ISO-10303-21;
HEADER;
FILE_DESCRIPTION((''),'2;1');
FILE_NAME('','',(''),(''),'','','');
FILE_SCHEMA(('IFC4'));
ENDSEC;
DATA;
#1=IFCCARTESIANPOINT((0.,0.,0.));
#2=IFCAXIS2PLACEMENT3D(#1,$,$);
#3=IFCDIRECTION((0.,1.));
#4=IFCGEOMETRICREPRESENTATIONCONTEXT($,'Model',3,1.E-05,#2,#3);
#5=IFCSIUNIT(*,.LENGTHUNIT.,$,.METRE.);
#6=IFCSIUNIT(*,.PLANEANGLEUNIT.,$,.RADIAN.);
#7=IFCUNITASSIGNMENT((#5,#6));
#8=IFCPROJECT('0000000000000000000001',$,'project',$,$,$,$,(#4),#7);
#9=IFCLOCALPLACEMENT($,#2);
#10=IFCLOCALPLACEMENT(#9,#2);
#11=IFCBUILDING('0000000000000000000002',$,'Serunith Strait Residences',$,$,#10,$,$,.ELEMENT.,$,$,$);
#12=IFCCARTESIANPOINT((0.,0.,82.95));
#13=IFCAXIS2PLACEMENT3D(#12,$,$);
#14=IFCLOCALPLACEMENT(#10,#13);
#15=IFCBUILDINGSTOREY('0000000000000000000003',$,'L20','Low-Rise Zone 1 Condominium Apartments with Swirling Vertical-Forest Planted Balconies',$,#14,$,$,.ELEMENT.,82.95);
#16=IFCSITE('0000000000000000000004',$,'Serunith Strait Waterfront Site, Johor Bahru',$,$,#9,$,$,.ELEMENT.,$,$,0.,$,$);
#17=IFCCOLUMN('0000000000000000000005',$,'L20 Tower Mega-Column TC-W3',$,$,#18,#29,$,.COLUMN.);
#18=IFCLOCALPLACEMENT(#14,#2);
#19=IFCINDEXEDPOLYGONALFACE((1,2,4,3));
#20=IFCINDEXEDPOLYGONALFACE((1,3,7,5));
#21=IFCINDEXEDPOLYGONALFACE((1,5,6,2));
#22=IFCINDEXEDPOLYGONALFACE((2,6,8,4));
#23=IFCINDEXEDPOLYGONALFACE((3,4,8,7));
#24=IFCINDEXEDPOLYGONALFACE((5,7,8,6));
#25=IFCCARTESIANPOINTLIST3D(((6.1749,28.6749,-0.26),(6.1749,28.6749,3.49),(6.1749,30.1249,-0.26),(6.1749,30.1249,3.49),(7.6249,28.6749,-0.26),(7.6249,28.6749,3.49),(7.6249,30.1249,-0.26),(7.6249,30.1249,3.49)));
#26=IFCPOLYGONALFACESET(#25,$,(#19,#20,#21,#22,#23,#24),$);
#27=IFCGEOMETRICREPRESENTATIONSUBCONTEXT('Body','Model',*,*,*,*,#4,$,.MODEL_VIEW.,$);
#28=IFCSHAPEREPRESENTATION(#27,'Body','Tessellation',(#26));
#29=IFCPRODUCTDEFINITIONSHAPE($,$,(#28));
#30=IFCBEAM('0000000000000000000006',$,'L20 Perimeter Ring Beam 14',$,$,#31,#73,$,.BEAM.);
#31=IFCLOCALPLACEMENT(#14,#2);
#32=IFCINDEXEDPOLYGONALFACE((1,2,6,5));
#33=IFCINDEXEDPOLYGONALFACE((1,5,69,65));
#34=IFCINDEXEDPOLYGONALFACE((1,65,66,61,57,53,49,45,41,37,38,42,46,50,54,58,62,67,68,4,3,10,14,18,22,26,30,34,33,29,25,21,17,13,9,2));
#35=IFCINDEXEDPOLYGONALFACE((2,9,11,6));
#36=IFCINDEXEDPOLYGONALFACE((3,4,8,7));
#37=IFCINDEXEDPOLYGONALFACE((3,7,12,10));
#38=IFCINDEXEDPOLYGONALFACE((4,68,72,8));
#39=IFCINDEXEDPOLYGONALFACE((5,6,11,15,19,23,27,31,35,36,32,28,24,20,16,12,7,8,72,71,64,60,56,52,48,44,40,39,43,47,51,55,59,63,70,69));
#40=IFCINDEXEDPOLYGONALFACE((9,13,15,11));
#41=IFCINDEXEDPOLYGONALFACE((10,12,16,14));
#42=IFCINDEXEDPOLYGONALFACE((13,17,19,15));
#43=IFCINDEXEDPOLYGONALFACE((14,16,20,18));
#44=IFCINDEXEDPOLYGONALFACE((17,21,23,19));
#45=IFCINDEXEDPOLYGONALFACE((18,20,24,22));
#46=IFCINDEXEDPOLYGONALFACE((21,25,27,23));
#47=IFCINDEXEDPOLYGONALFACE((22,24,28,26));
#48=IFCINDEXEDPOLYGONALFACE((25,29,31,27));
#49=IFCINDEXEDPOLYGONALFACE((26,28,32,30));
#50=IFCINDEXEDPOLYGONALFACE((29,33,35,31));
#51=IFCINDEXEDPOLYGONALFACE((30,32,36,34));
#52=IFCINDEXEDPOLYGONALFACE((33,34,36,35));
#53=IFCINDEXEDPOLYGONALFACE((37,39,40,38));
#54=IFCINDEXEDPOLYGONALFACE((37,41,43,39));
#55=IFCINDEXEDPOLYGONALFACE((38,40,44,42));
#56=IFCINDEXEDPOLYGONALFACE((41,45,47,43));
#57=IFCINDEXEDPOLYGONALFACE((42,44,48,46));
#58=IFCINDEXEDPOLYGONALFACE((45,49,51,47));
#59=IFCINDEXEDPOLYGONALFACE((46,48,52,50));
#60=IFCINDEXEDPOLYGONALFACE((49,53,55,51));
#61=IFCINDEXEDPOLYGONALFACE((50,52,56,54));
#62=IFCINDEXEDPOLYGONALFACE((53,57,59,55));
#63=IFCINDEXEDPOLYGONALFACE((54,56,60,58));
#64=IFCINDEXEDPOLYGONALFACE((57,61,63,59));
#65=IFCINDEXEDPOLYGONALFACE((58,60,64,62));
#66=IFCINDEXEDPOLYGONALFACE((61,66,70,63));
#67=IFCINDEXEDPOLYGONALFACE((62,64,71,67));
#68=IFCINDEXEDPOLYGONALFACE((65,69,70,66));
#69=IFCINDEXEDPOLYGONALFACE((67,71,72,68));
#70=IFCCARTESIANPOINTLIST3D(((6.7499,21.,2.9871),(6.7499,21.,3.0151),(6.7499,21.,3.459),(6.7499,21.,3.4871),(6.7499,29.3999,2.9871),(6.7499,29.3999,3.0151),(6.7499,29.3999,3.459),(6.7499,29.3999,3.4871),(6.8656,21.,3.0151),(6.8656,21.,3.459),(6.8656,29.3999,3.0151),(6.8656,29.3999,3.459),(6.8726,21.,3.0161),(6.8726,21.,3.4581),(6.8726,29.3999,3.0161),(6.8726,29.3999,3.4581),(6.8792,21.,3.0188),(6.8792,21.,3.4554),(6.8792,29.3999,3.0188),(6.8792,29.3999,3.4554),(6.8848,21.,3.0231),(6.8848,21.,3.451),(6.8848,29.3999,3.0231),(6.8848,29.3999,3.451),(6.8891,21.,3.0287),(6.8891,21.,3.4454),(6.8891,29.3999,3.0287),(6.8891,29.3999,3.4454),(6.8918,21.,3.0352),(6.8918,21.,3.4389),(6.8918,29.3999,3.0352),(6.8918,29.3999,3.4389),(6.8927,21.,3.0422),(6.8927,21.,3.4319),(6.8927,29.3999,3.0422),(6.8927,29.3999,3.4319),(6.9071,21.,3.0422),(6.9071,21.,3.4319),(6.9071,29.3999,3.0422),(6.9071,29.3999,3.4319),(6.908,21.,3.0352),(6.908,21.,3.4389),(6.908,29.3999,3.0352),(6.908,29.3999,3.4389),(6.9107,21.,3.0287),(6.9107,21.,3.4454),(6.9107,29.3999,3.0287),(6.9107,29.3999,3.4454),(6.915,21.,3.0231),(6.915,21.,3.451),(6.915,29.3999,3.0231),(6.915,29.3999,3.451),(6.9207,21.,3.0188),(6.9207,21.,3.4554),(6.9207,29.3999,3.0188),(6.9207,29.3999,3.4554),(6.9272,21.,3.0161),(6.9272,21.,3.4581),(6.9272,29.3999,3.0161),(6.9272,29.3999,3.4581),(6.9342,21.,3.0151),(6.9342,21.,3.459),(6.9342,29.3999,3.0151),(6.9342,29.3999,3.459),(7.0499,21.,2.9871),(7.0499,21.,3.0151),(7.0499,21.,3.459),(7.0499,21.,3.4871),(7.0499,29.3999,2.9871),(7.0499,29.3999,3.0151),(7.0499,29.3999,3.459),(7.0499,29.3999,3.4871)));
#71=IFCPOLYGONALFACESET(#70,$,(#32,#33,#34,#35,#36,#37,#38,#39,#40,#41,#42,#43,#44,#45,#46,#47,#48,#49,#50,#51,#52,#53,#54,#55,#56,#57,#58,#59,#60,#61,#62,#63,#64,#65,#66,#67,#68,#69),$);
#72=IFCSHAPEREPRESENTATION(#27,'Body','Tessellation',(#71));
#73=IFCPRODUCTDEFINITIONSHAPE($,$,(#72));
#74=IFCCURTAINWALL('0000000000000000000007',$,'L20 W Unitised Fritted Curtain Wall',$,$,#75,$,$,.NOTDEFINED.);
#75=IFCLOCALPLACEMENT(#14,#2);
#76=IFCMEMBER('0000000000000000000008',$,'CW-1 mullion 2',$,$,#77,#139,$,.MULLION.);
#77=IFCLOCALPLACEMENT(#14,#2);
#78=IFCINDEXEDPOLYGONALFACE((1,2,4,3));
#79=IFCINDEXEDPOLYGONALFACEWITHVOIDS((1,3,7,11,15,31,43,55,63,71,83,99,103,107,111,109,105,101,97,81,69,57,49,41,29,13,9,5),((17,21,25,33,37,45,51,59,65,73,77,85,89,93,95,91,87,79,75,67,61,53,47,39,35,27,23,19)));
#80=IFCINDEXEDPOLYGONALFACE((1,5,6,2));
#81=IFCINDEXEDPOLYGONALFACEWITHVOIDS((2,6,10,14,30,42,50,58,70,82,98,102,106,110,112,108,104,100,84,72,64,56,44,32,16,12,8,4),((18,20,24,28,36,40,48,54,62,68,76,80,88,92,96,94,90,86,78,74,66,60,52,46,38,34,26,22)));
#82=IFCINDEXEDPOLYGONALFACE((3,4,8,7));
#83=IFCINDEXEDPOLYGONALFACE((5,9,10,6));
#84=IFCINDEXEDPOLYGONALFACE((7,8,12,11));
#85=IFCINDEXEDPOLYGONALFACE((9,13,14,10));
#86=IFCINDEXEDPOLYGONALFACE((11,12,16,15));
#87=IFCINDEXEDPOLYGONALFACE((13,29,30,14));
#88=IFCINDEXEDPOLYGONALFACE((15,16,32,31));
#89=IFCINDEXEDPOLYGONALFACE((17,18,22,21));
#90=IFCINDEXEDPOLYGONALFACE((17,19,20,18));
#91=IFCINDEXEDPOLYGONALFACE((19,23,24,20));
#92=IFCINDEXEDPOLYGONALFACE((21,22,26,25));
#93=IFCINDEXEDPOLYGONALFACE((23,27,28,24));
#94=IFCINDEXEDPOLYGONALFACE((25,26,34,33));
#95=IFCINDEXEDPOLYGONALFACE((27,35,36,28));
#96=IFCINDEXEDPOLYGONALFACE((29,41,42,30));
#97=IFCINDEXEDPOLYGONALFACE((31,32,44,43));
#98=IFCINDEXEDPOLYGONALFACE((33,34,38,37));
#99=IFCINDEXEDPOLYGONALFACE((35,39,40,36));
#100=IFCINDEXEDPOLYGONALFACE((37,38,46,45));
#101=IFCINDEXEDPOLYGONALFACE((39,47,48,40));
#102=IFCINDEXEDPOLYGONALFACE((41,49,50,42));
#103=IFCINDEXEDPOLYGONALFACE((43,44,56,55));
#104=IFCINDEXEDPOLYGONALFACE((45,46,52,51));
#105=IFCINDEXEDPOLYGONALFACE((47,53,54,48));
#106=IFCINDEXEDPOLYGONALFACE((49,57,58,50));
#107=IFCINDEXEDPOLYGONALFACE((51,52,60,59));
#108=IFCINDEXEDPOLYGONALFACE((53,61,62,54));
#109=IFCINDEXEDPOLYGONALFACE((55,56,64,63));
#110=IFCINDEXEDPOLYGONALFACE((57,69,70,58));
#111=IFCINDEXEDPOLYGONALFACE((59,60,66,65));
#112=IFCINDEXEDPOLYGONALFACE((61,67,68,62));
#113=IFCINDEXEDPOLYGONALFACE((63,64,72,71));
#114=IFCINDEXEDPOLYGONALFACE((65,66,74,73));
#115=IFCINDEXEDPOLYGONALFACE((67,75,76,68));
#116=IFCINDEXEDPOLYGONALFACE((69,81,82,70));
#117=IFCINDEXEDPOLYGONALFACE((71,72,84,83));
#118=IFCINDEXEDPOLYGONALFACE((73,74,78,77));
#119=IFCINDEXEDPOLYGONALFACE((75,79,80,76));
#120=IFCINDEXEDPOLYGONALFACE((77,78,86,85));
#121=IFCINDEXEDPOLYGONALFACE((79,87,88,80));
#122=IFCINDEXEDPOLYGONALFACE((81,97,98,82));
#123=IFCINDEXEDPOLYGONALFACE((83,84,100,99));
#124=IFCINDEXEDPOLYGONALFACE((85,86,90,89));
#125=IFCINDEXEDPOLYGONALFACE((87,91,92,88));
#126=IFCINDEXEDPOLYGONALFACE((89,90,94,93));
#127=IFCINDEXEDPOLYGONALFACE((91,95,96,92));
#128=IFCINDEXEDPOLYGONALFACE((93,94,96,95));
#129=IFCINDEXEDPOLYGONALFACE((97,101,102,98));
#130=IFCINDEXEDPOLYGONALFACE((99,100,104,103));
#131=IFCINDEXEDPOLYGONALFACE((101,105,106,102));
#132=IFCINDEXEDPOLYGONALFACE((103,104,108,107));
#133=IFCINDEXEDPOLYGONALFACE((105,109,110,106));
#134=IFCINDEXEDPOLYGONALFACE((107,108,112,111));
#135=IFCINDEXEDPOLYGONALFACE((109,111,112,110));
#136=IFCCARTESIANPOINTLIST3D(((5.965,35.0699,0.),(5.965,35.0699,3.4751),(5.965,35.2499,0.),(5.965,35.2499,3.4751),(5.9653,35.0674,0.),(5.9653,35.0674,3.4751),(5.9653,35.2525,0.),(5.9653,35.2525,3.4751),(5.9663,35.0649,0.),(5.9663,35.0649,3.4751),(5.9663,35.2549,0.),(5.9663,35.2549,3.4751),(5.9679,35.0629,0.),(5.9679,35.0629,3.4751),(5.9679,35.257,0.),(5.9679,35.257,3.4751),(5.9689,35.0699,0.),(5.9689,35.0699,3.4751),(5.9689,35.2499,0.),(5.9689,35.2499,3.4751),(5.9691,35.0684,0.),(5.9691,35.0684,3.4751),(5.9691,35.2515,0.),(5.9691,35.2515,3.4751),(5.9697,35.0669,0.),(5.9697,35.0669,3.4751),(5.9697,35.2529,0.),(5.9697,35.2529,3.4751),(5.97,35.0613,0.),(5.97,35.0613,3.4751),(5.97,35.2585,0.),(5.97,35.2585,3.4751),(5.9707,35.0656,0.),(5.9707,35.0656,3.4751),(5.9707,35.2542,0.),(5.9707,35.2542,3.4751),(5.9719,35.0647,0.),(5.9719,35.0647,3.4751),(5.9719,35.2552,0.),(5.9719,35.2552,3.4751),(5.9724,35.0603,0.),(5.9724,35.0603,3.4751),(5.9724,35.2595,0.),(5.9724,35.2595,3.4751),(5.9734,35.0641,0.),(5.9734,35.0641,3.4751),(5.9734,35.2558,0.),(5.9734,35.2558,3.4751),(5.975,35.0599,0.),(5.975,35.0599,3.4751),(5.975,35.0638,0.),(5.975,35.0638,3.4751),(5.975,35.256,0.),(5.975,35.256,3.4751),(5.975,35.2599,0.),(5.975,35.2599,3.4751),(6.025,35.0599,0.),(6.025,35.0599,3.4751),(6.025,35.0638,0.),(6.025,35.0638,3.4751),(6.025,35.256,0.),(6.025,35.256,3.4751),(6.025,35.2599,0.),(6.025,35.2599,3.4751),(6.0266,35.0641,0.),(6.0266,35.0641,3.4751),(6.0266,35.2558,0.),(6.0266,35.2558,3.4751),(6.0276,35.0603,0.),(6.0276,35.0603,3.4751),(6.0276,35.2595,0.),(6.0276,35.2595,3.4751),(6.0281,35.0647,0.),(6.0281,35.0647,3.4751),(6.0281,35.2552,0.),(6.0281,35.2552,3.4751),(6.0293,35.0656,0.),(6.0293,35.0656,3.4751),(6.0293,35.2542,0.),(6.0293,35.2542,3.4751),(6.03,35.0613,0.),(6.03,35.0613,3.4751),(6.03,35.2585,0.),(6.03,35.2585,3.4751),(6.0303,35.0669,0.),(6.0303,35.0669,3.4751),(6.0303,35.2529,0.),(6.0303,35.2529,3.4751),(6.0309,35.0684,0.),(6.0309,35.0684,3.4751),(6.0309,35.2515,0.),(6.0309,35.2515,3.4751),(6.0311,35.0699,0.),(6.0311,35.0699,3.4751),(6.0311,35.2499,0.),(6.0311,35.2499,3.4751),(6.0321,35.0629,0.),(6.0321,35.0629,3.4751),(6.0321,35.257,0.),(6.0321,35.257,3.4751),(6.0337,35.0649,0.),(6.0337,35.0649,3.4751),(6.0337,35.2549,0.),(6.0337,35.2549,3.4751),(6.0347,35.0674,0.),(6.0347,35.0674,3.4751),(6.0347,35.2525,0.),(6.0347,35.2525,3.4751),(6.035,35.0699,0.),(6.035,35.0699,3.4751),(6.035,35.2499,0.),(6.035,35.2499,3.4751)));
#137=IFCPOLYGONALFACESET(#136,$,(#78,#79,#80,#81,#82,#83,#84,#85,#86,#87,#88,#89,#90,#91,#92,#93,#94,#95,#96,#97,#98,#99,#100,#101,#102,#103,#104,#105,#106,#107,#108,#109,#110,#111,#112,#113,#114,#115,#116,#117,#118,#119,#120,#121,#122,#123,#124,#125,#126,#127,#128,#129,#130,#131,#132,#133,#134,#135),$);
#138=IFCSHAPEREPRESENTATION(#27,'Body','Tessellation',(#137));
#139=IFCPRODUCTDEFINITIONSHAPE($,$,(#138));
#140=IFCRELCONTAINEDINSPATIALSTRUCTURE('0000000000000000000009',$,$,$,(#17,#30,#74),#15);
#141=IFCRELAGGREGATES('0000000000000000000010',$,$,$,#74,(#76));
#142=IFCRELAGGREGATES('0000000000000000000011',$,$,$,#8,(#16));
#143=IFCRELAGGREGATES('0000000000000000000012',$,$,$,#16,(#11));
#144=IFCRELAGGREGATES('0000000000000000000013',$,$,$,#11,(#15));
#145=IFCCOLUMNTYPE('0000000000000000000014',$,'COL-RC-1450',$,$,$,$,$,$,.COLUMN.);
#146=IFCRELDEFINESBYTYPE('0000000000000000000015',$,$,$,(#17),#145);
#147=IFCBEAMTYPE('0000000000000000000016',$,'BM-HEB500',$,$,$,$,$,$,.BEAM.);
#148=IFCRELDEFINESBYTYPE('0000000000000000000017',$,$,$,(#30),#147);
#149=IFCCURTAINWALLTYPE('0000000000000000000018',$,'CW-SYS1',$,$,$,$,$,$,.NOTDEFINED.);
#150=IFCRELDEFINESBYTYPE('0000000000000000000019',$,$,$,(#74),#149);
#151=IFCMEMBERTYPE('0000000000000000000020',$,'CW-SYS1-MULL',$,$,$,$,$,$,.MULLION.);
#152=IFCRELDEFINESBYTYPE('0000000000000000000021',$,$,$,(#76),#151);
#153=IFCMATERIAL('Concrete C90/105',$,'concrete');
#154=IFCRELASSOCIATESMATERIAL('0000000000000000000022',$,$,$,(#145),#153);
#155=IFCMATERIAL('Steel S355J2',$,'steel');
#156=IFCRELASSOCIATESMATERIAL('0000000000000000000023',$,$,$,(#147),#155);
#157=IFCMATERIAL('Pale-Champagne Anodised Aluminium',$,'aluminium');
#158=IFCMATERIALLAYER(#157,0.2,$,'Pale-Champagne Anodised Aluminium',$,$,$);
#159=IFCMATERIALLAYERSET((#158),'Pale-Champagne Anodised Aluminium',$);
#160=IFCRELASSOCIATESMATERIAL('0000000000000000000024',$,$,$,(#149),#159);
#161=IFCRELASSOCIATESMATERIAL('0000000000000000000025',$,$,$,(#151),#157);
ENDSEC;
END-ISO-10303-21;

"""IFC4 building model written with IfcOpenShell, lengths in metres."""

from ifc_helpers import new_model, si_unit, direction, frame, origin, origin_2d, place, context, subcontext, project, spatial, rectangle, hollow_rectangle, i_section, extrude, source, transform, mapped, material, layer, layer_set, material_profile, profile_set, type_object, element, aggregate, save


model = new_model("IFC4")

# Units and contexts
model_context = context("Model", 3, precision=1e-05, world=origin(), true_north=direction((0.0, 1.0)))
body_context = subcontext(model_context, "Body", "Model", "MODEL_VIEW")
ifc_project = project(units=[si_unit("LENGTHUNIT", "METRE"), si_unit("PLANEANGLEUNIT", "RADIAN")], contexts=[model_context])

# Site, building, storey
site_placement = place(None, origin())
site = spatial("IfcSite", under=ifc_project, at=site_placement, Name="Serunith Strait Waterfront Site, Johor Bahru", CompositionType="ELEMENT", RefElevation=0.0)
building_placement = place(site_placement, origin())
building = spatial("IfcBuilding", under=site, at=building_placement, Name="Serunith Strait Residences", CompositionType="ELEMENT")
storey_placement = place(building_placement, frame((0.0, 0.0, 82.95)))
storey = spatial("IfcBuildingStorey", under=building, at=storey_placement, Name="L20", Description="Low-Rise Zone 1 Condominium Apartments with Swirling Vertical-Forest Planted Balconies", CompositionType="ELEMENT", Elevation=82.95)

# Column
ifc_material_1 = material(Name="Concrete C90/105", Category="concrete")
ifc_material_profile_1 = material_profile(ifc_material_1, rectangle(XDim=1.45, YDim=1.45, at=origin_2d()), Name="RC 1450x1450")
ifc_profile_set_1 = profile_set([ifc_material_profile_1], Name="Concrete C90/105")
column_type = type_object("IfcColumnType", Name="COL-RC-1450", PredefinedType="COLUMN", material=ifc_profile_set_1)
shared_shape_1 = source(origin(), body_context, "Body", "SweptSolid", [
    extrude(rectangle(XDim=1.45, YDim=1.45, at=origin_2d()), origin(), (0.0, 0.0, 1.0), 3.75),
])
column_placement = place(storey_placement, frame((6.8999, 29.3999, -0.26), z_axis=(0.0, 0.0, 1.0), x_axis=(1.0, 0.0, 0.0)))
element("IfcColumn", 1, at=column_placement, inside=storey, type_object=column_type, Name="L20 Tower Mega-Column TC-W3", PredefinedType="COLUMN", context=body_context, shape_type="MappedRepresentation", body=[
    mapped(shared_shape_1, transform((0.0, 0.0, 0.0), scale=1.0)),
])

# Beam
ifc_material_2 = material(Name="Steel S355J2", Category="steel")
ifc_material_profile_2 = material_profile(ifc_material_2, i_section(OverallWidth=0.3, OverallDepth=0.5, WebThickness=0.0144, FlangeThickness=0.0281, FilletRadius=0.0271, at=origin_2d()), Name="HEB 500")
ifc_profile_set_2 = profile_set([ifc_material_profile_2], Name="Steel S355J2")
beam_type = type_object("IfcBeamType", Name="BM-HEB500", PredefinedType="BEAM", material=ifc_profile_set_2)
shared_shape_2 = source(origin(), body_context, "Body", "SweptSolid", [
    extrude(i_section(OverallWidth=0.3, OverallDepth=0.5, WebThickness=0.0144, FlangeThickness=0.0281, FilletRadius=0.0271, at=origin_2d()), origin(), (0.0, 0.0, 1.0), 8.3999),
])
beam_placement = place(storey_placement, frame((6.8999, 29.3999, 3.2371), z_axis=(0.0, -1.0, 0.0), x_axis=(1.0, 0.0, 0.0)))
element("IfcBeam", 2, at=beam_placement, inside=storey, type_object=beam_type, Name="L20 Perimeter Ring Beam 14", PredefinedType="BEAM", context=body_context, shape_type="MappedRepresentation", body=[
    mapped(shared_shape_2, transform((0.0, 0.0, 0.0), scale=1.0)),
])

# Curtain wall, member
ifc_material_3 = material(Name="Pale-Champagne Anodised Aluminium", Category="aluminium")
ifc_layer_1 = layer(ifc_material_3, 0.2, Name="Pale-Champagne Anodised Aluminium")
ifc_layer_set_1 = layer_set([ifc_layer_1], Name="Pale-Champagne Anodised Aluminium")
curtain_wall_type = type_object("IfcCurtainWallType", Name="CW-SYS1", PredefinedType="NOTDEFINED", material=ifc_layer_set_1)
curtain_wall_placement = place(storey_placement, origin())
curtain_wall = element("IfcCurtainWall", 3, at=curtain_wall_placement, inside=storey, type_object=curtain_wall_type, Name="L20 W Unitised Fritted Curtain Wall", PredefinedType="NOTDEFINED")
ifc_material_profile_3 = material_profile(ifc_material_3, hollow_rectangle(XDim=0.0701, YDim=0.2, WallThickness=0.0039, InnerFilletRadius=0.0061, OuterFilletRadius=0.01, at=origin_2d()), Name="ALU 200x70x4")
ifc_profile_set_3 = profile_set([ifc_material_profile_3], Name="Pale-Champagne Anodised Aluminium")
member_type_1 = type_object("IfcMemberType", Name="CW-SYS1-MULL", PredefinedType="MULLION", material=ifc_profile_set_3)
shared_shape_3 = source(origin(), body_context, "Body", "SweptSolid", [
    extrude(hollow_rectangle(XDim=0.0701, YDim=0.2, WallThickness=0.0039, InnerFilletRadius=0.0061, OuterFilletRadius=0.01, at=origin_2d()), origin(), (0.0, 0.0, 1.0), 3.4751),
])
member_1_placement = place(storey_placement, frame((6.0, 35.1599, 0.0), z_axis=(0.0, 0.0, 1.0), x_axis=(1.0, 0.0, 0.0)))
member_1 = element("IfcMember", 4, at=member_1_placement, type_object=member_type_1, Name="CW-1 mullion 2", PredefinedType="MULLION", context=body_context, shape_type="MappedRepresentation", body=[
    mapped(shared_shape_3, transform((0.0, 0.0, 0.0), scale=1.0)),
])
aggregate(curtain_wall, [member_1])

save(model, "model.ifc")
